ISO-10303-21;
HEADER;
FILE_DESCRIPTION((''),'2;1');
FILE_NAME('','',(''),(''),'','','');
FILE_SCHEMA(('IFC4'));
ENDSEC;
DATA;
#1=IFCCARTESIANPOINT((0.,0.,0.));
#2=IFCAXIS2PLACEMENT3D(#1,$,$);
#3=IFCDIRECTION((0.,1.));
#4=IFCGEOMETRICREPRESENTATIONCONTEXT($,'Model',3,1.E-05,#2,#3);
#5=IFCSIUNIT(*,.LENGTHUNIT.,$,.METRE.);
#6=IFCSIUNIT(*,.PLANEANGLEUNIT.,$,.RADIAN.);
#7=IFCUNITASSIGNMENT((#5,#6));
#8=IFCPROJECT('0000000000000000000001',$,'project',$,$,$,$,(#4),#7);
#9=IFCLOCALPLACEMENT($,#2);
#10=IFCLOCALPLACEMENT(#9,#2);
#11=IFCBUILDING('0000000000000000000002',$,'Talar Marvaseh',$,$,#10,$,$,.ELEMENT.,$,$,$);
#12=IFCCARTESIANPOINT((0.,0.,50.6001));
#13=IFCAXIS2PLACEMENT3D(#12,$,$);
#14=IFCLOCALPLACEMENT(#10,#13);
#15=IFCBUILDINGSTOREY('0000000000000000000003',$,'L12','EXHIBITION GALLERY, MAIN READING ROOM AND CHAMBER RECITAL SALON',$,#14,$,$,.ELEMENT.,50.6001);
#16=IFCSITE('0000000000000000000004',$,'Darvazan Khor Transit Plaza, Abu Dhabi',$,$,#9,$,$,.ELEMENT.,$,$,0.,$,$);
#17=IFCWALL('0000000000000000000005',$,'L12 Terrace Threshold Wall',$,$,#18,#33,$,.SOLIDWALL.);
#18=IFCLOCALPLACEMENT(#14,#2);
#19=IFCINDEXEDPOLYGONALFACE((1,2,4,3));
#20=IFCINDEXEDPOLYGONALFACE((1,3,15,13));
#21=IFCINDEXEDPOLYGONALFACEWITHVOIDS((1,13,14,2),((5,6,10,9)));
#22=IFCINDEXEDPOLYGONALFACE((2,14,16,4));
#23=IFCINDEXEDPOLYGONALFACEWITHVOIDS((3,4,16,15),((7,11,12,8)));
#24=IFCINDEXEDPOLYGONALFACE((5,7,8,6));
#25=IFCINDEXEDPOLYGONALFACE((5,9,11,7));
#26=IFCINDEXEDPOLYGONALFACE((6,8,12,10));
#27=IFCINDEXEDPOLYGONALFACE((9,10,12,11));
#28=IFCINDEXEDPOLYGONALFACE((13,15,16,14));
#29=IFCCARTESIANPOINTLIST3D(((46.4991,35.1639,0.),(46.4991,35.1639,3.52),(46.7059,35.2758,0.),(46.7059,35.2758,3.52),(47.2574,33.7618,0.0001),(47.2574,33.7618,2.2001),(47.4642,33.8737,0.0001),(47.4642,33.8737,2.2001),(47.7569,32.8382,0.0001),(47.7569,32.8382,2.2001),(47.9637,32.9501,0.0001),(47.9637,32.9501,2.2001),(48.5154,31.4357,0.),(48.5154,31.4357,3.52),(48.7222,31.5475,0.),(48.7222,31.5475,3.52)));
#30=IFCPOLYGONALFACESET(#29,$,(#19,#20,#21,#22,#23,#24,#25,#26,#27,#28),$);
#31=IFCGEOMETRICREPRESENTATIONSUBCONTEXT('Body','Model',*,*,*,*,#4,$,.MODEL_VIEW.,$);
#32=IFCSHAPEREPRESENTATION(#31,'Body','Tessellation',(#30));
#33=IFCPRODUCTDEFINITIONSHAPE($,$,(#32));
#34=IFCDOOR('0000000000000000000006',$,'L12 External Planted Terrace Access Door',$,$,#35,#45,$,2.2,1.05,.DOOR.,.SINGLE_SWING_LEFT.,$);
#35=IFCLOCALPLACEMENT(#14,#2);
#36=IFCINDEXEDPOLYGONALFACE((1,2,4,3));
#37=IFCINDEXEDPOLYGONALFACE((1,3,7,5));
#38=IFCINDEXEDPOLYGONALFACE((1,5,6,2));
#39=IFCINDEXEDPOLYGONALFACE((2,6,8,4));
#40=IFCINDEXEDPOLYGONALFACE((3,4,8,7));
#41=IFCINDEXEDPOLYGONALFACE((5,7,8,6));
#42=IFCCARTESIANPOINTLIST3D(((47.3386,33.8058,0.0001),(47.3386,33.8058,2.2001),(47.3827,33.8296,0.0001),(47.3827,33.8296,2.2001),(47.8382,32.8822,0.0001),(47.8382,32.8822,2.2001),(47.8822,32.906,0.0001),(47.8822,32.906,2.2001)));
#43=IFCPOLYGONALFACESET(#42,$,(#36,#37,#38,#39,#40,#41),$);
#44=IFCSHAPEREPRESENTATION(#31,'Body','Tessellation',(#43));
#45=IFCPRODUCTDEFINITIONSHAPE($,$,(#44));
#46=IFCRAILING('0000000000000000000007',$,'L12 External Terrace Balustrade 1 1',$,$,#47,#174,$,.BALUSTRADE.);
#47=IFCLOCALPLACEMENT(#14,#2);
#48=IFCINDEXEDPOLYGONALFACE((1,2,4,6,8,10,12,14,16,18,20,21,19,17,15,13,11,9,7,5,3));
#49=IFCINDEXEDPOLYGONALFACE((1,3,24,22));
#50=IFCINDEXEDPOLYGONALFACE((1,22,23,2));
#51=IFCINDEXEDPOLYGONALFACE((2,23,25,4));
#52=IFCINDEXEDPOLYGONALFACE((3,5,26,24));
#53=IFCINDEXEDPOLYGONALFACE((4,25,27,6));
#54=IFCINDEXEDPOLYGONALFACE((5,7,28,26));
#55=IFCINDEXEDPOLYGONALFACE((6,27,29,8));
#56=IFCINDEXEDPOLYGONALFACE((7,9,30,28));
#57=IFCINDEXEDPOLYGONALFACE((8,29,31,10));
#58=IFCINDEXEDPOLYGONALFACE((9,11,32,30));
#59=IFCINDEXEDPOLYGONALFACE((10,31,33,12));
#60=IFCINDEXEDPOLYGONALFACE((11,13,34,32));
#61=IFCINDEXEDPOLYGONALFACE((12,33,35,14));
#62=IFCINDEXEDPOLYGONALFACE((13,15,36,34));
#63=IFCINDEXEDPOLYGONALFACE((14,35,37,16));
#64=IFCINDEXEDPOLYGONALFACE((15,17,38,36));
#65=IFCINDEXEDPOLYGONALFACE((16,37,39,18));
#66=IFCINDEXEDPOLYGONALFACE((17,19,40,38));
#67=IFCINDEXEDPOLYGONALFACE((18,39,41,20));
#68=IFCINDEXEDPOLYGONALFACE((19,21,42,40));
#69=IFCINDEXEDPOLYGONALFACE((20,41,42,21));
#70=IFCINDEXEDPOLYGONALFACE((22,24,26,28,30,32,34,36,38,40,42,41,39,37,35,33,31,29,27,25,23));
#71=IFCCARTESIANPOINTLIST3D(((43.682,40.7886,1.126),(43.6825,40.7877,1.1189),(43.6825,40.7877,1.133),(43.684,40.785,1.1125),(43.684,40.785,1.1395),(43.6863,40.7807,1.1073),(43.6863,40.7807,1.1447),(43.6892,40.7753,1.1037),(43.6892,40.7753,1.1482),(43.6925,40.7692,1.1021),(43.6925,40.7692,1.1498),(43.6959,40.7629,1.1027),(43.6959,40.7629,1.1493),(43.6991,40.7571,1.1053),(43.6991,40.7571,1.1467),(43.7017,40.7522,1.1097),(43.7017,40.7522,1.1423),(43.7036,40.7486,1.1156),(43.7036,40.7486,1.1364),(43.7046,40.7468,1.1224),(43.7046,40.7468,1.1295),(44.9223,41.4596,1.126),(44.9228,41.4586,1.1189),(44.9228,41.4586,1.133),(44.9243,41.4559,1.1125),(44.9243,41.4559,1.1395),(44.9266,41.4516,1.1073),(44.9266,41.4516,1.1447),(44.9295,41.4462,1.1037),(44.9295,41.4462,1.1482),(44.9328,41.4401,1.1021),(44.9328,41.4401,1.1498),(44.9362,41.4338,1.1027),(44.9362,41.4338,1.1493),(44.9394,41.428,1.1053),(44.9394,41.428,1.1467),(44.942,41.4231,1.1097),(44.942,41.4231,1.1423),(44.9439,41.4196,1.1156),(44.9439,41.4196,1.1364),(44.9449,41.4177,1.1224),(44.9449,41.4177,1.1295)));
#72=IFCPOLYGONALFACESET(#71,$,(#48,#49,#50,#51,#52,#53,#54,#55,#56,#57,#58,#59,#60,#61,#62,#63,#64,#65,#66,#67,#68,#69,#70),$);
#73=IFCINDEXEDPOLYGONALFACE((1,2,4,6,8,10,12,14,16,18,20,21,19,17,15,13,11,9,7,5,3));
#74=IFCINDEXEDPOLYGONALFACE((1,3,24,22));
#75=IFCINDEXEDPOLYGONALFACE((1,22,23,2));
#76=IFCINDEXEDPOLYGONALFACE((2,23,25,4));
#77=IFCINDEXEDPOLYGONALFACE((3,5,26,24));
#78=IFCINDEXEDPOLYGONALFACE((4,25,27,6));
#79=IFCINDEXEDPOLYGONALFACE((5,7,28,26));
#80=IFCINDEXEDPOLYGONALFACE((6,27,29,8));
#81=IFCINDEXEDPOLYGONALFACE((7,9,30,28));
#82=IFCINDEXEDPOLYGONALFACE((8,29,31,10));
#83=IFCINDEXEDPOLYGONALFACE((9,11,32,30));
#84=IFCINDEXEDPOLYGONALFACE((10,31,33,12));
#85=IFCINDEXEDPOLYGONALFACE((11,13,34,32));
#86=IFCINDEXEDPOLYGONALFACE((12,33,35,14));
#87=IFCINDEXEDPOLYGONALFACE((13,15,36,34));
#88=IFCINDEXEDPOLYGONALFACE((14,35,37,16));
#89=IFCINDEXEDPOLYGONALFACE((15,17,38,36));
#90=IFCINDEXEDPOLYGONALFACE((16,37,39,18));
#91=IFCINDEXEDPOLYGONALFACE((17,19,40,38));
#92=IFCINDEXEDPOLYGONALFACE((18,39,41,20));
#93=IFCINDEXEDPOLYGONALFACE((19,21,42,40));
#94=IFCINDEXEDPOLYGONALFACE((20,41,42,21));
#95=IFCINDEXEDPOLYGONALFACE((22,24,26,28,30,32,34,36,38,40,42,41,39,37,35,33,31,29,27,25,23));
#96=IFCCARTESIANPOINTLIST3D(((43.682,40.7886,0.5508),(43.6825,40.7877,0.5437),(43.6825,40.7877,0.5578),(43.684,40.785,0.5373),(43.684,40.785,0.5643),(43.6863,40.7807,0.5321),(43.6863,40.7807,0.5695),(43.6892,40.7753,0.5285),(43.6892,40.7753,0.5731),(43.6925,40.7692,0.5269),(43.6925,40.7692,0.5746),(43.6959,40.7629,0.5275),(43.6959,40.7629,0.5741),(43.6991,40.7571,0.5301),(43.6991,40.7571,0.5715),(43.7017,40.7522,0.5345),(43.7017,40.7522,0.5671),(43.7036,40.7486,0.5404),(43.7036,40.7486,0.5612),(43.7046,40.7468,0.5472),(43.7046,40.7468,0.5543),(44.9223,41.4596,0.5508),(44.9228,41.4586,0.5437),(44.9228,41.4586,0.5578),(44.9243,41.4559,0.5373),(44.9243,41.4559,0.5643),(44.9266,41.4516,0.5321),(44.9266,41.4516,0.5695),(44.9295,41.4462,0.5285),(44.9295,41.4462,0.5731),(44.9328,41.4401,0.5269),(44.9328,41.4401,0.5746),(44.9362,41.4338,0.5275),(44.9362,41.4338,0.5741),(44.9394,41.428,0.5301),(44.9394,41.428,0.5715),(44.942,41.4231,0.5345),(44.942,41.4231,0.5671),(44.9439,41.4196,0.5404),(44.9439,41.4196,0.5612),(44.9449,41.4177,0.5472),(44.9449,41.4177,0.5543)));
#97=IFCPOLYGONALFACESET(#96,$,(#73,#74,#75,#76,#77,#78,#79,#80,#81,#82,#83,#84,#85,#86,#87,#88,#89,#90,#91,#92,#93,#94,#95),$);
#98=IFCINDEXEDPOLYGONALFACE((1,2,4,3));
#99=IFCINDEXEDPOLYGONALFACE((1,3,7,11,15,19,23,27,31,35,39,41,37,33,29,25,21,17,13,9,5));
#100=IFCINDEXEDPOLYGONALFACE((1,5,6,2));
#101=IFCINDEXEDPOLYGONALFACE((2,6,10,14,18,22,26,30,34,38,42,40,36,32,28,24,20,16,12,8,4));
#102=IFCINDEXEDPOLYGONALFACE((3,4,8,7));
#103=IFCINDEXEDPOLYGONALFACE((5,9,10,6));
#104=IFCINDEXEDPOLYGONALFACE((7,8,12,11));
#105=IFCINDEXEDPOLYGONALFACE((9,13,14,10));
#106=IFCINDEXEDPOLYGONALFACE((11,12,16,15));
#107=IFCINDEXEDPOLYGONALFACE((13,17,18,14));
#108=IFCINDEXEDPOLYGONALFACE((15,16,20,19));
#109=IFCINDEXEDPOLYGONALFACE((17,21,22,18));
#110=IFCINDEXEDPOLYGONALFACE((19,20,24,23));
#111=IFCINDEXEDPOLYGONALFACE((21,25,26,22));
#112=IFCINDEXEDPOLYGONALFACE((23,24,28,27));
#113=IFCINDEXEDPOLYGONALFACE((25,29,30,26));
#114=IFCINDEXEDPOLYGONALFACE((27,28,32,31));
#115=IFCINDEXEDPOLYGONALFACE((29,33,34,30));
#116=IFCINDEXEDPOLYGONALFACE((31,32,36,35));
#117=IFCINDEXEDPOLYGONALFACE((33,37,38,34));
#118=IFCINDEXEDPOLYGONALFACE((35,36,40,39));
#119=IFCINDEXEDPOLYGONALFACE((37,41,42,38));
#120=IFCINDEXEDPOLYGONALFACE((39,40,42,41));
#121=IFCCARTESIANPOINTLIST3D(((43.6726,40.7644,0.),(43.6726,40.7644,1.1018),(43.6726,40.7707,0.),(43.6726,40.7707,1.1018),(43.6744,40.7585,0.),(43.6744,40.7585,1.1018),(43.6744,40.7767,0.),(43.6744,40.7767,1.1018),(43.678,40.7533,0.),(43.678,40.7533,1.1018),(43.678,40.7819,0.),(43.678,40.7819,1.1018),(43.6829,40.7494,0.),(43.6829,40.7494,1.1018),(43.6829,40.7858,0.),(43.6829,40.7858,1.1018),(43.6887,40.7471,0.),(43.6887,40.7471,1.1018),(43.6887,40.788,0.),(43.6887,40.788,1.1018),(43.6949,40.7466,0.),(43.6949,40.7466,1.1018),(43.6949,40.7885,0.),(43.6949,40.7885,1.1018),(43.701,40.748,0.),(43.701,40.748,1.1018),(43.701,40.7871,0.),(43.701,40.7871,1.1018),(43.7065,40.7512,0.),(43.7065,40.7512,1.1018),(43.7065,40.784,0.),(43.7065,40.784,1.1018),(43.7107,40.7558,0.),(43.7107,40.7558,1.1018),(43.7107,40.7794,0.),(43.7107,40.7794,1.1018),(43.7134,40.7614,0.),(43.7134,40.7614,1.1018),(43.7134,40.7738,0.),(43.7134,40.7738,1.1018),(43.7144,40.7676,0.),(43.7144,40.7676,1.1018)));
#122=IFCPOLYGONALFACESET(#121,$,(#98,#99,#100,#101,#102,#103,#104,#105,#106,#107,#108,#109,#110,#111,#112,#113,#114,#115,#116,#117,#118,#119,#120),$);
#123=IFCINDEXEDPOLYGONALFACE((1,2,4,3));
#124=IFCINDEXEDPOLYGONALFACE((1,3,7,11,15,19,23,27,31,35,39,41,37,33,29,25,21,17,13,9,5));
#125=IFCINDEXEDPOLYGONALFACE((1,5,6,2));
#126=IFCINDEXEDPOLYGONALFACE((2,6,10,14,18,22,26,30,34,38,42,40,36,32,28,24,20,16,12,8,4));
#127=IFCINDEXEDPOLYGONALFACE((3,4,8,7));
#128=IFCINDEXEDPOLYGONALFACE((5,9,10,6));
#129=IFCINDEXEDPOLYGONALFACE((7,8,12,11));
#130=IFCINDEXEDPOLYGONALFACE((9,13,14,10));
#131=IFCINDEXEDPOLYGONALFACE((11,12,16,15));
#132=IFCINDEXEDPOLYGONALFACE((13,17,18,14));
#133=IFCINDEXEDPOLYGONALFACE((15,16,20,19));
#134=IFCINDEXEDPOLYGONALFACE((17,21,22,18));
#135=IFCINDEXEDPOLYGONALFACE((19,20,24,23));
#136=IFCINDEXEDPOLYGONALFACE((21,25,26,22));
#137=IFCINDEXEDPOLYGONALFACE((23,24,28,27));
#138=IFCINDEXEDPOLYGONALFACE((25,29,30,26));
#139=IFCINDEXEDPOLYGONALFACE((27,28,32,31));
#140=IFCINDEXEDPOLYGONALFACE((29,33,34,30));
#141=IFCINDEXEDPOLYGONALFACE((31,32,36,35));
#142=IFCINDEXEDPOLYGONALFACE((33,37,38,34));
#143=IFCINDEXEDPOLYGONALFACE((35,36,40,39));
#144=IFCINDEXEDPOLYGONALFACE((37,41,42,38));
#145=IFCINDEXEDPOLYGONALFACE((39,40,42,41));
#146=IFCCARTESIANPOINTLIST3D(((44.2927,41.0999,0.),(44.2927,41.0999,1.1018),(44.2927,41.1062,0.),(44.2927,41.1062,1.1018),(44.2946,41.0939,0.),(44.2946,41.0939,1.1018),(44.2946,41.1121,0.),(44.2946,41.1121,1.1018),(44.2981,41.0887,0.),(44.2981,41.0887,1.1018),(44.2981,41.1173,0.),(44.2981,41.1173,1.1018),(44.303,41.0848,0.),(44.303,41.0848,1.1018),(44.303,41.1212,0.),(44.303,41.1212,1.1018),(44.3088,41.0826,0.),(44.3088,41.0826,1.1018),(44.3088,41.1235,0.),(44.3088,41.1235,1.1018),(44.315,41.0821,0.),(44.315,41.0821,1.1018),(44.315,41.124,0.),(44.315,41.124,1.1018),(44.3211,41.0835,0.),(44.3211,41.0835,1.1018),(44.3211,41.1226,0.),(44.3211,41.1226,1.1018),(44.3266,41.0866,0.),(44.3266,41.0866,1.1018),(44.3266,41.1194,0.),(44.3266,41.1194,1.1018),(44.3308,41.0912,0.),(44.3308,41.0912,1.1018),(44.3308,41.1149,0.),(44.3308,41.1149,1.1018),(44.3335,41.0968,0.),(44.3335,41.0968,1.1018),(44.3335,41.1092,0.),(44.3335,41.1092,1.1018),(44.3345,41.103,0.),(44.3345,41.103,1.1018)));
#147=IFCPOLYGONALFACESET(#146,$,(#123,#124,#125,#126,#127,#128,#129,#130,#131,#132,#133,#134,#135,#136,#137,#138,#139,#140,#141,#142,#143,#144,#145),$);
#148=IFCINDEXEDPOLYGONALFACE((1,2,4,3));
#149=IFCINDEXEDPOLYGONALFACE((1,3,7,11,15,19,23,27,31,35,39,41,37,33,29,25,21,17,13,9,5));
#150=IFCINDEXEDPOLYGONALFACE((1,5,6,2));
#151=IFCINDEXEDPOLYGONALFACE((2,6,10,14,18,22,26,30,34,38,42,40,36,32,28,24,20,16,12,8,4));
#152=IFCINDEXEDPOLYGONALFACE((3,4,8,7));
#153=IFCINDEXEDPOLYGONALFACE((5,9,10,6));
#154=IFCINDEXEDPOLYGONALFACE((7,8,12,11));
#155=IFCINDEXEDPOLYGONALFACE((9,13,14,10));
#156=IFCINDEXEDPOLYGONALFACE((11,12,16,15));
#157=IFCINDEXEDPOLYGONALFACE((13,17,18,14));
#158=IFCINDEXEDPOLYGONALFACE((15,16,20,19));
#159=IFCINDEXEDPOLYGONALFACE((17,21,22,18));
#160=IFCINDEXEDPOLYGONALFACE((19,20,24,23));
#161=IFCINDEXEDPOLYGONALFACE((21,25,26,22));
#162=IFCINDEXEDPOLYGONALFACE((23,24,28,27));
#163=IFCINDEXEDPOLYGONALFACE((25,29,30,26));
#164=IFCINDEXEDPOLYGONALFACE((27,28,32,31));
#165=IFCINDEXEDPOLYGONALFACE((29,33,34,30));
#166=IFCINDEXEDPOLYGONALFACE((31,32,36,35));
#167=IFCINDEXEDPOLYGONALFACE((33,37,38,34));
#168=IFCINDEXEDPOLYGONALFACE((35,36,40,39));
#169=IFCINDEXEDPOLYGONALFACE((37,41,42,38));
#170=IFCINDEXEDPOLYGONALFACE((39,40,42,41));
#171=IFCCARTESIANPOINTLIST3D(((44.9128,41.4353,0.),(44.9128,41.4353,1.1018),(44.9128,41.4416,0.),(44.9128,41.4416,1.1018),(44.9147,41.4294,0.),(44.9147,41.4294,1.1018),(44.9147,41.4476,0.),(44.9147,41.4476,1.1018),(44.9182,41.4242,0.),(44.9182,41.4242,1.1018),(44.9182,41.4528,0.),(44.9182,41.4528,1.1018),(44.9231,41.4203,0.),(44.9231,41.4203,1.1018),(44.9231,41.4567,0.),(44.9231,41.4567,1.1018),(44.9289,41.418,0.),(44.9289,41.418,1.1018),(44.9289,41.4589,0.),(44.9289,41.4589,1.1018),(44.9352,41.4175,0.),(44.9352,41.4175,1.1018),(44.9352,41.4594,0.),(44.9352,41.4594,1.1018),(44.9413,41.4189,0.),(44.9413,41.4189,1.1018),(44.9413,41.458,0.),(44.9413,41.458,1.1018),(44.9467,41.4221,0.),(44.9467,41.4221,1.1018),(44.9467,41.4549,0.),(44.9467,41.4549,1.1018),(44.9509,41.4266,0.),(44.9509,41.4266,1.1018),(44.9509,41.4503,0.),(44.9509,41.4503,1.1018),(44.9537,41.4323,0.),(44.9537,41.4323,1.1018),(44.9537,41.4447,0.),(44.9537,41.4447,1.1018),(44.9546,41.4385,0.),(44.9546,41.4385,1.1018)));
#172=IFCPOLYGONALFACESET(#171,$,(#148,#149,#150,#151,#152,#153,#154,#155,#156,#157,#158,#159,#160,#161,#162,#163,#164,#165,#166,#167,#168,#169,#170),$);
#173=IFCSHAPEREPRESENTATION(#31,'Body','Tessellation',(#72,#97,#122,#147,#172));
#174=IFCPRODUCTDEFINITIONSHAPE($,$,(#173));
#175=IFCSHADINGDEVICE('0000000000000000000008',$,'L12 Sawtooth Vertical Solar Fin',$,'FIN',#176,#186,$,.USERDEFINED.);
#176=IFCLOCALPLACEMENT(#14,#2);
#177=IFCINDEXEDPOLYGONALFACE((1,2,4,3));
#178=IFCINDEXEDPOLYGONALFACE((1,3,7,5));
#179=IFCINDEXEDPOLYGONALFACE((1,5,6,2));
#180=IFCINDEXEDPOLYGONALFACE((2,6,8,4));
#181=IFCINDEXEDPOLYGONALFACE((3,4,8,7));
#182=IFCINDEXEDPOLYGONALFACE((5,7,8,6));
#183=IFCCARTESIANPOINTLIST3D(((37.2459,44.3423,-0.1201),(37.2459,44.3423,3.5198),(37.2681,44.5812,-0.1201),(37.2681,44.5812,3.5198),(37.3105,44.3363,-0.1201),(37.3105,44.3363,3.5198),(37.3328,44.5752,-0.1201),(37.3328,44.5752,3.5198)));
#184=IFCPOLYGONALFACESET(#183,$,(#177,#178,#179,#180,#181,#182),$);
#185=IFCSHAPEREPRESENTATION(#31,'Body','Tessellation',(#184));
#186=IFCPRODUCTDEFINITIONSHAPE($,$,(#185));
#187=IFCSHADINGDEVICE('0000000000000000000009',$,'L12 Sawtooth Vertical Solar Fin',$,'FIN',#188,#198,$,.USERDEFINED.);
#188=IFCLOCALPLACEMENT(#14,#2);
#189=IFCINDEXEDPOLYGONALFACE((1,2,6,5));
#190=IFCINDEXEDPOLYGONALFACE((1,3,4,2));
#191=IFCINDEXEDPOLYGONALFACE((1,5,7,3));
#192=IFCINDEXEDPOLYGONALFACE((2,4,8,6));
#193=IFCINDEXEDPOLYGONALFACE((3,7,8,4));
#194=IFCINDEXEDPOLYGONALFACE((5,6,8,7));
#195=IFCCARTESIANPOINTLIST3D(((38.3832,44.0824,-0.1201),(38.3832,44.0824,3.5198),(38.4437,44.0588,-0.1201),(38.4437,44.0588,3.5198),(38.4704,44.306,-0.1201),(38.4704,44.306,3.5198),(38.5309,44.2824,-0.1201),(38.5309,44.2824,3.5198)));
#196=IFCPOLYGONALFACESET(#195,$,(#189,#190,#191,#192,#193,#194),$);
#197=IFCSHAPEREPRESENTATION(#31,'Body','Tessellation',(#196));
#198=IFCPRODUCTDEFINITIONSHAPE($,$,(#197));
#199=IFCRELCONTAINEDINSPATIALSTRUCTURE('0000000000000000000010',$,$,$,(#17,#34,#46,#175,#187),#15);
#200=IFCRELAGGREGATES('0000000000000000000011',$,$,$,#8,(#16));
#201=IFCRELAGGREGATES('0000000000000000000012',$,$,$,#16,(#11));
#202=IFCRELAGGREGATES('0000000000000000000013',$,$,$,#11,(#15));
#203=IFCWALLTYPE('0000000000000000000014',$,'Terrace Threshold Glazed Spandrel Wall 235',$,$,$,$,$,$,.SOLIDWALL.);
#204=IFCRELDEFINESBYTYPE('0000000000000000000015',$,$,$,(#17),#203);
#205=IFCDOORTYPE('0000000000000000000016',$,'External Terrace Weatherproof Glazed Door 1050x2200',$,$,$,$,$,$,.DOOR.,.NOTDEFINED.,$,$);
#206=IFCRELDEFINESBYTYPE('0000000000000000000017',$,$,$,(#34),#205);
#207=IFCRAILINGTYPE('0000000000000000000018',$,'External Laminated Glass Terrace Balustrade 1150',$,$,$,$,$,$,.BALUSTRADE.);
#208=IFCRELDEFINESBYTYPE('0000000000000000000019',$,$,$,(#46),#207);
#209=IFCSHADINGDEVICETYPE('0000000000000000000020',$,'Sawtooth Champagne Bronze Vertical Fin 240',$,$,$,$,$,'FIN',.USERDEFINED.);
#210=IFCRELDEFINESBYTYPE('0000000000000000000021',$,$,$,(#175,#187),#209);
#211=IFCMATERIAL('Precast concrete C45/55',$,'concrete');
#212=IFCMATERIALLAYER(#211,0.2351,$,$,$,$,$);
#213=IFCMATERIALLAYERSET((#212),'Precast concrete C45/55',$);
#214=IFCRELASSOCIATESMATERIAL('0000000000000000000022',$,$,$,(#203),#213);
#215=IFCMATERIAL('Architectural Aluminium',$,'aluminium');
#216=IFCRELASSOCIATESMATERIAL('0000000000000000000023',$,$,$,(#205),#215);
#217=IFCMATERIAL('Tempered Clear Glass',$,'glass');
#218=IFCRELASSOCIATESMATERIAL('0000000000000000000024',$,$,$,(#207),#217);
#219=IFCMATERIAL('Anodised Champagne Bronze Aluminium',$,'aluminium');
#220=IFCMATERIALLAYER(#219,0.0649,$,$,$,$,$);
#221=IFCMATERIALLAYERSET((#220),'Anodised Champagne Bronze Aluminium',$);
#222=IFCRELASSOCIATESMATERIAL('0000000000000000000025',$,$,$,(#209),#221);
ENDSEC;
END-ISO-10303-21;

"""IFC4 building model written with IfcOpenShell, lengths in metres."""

from ifc_helpers import new_model, si_unit, direction, frame, frame_2d, origin, origin_2d, place, context, subcontext, project, spatial, rectangle, circle, extrude, source, transform, mapped, material, layer, layer_set, type_object, type_shapes, element, fill, save


model = new_model("IFC4")

# Units and contexts
model_context = context("Model", 3, precision=1e-05, world=origin(), true_north=direction((0.0, 1.0)))
body_context = subcontext(model_context, "Body", "Model", "MODEL_VIEW")
ifc_project = project(units=[si_unit("LENGTHUNIT", "METRE"), si_unit("PLANEANGLEUNIT", "RADIAN")], contexts=[model_context])

# Site, building, storey
site_placement = place(None, origin())
site = spatial("IfcSite", under=ifc_project, at=site_placement, Name="Darvazan Khor Transit Plaza, Abu Dhabi", CompositionType="ELEMENT", RefElevation=0.0)
building_placement = place(site_placement, origin())
building = spatial("IfcBuilding", under=site, at=building_placement, Name="Talar Marvaseh", CompositionType="ELEMENT")
storey_placement = place(building_placement, frame((0.0, 0.0, 50.6001)))
storey = spatial("IfcBuildingStorey", under=building, at=storey_placement, Name="L12", Description="EXHIBITION GALLERY, MAIN READING ROOM AND CHAMBER RECITAL SALON", CompositionType="ELEMENT", Elevation=50.6001)

# Shared definitions
ifc_material_1 = material(Name="Architectural Aluminium", Category="aluminium")

# Shared definitions
ifc_material_2 = material(Name="Precast concrete C45/55", Category="concrete")

# Wall, opening, door
ifc_layer_1 = layer(ifc_material_2, 0.2351)
ifc_layer_set_1 = layer_set([ifc_layer_1], Name="Precast concrete C45/55")
wall_type_1 = type_object("IfcWallType", Name="Terrace Threshold Glazed Spandrel Wall 235", PredefinedType="SOLIDWALL", material=ifc_layer_set_1)
wall_1_placement = place(storey_placement, frame((46.6025, 35.2197, 0.0), z_axis=(0.0, 0.0, 1.0), x_axis=(0.475713, -0.8796, 0.0)))
wall_1 = element("IfcWall", 1, at=wall_1_placement, inside=storey, type_object=wall_type_1, Name="L12 Terrace Threshold Wall", PredefinedType="SOLIDWALL", context=body_context, shape_type="SweptSolid", body=[
    extrude(rectangle(XDim=4.2385, YDim=0.2351, at=frame_2d((2.1191, 0.0))), origin(), (0.0, 0.0, 1.0), 3.52),
])
opening_1_placement = place(wall_1_placement, frame((1.594, 0.0, 0.0)))
opening_1 = element("IfcOpeningElement", 2, at=opening_1_placement, cuts=wall_1, PredefinedType="OPENING", context=body_context, shape_type="SweptSolid", body=[
    extrude(rectangle(XDim=1.05, YDim=2.2, at=frame_2d((0.5249, 1.1001))), frame((0.0, 0.1274, 0.0), z_axis=(0.0, -1.0, 0.0), x_axis=(1.0, 0.0, 0.0)), (0.0, 0.0, 1.0), 0.2551),
])
door_type = type_object("IfcDoorType", Name="External Terrace Weatherproof Glazed Door 1050x2200", OperationType="NOTDEFINED", PredefinedType="DOOR", material=ifc_material_1)
shared_shape_1 = source(origin(), body_context, "Body", "SweptSolid", [
    extrude(rectangle(XDim=1.05, YDim=2.2, at=frame_2d((0.5249, 1.1001))), frame((0.0, 0.0249, 0.0), z_axis=(0.0, -1.0, 0.0), x_axis=(1.0, 0.0, 0.0)), (0.0, 0.0, 1.0), 0.05),
])
type_shapes(door_type, [shared_shape_1])
door_placement = place(opening_1_placement, origin())
door = element("IfcDoor", 3, at=door_placement, inside=storey, type_object=door_type, Name="L12 External Planted Terrace Access Door", OperationType="SINGLE_SWING_LEFT", OverallHeight=2.2, OverallWidth=1.05, PredefinedType="DOOR", context=body_context, shape_type="MappedRepresentation", body=[
    mapped(shared_shape_1, transform((0.0, 0.0, 0.0), x_axis=(1.0, 0.0, 0.0), y_axis=(0.0, 1.0, 0.0), z_axis=(0.0, 0.0, 1.0), scale=1.0)),
])
fill(opening_1, door)

# Railing
ifc_material_3 = material(Name="Tempered Clear Glass", Category="glass")
railing_type = type_object("IfcRailingType", Name="External Laminated Glass Terrace Balustrade 1150", PredefinedType="BALUSTRADE", material=ifc_material_3)
railing_1_placement = place(storey_placement, frame((43.6934, 40.7676, 0.0)))
element("IfcRailing", 4, at=railing_1_placement, inside=storey, type_object=railing_type, Name="L12 External Terrace Balustrade 1 1", PredefinedType="BALUSTRADE", context=body_context, shape_type="SweptSolid", body=[
    extrude(circle(Radius=0.0239, at=origin_2d()), frame((0.0, 0.0, 1.126), z_axis=(0.879558, 0.475792, 0.0), x_axis=(-0.475792, 0.879558, 0.0)), (0.0, 0.0, 1.0), 1.4102),
    extrude(circle(Radius=0.0239, at=origin_2d()), frame((0.0, 0.0, 0.5508), z_axis=(0.879558, 0.475792, 0.0), x_axis=(-0.475792, 0.879558, 0.0)), (0.0, 0.0, 1.0), 1.4102),
    extrude(circle(Radius=0.021, at=origin_2d()), origin(), (0.0, 0.0, 1.0), 1.1018),
    extrude(circle(Radius=0.021, at=origin_2d()), frame((0.6201, 0.3354, 0.0)), (0.0, 0.0, 1.0), 1.1018),
    extrude(circle(Radius=0.021, at=origin_2d()), frame((1.2402, 0.6709, 0.0)), (0.0, 0.0, 1.0), 1.1018),
])

# Shading devices
ifc_material_4 = material(Name="Anodised Champagne Bronze Aluminium", Category="aluminium")
ifc_layer_2 = layer(ifc_material_4, 0.0649)
ifc_layer_set_2 = layer_set([ifc_layer_2], Name="Anodised Champagne Bronze Aluminium")
shading_device_type = type_object("IfcShadingDeviceType", Name="Sawtooth Champagne Bronze Vertical Fin 240", ElementType="FIN", PredefinedType="USERDEFINED", material=ifc_layer_set_2)
shared_shape_2 = source(origin(), body_context, "Body", "SweptSolid", [
    extrude(rectangle(XDim=0.24, YDim=0.0649, at=origin_2d()), origin(), (0.0, 0.0, 1.0), 3.6399),
])
type_shapes(shading_device_type, [shared_shape_2])
for number, where, z_axis, x_axis, name in (
    (5, (37.2893, 44.4587, -0.1201), (0.0, 0.0, 1.0), (0.092718, 0.995692, 0.0), "L12 Sawtooth Vertical Solar Fin"),
    (6, (38.457, 44.1824, -0.1201), (0.0, 0.0, 1.0), (0.363576, 0.931564, 0.0), "L12 Sawtooth Vertical Solar Fin"),
):
    element("IfcShadingDevice", number, at=place(storey_placement, frame(where, z_axis=z_axis, x_axis=x_axis)), inside=storey, type_object=shading_device_type, Name=name, ObjectType="FIN", PredefinedType="USERDEFINED", context=body_context, shape_type="MappedRepresentation", body=[
        mapped(shared_shape_2, transform((0.0, 0.0, 0.0), x_axis=(1.0, 0.0, 0.0), y_axis=(0.0, 1.0, 0.0), z_axis=(0.0, 0.0, 1.0), scale=1.0)),
    ])

save(model, "model.ifc")
